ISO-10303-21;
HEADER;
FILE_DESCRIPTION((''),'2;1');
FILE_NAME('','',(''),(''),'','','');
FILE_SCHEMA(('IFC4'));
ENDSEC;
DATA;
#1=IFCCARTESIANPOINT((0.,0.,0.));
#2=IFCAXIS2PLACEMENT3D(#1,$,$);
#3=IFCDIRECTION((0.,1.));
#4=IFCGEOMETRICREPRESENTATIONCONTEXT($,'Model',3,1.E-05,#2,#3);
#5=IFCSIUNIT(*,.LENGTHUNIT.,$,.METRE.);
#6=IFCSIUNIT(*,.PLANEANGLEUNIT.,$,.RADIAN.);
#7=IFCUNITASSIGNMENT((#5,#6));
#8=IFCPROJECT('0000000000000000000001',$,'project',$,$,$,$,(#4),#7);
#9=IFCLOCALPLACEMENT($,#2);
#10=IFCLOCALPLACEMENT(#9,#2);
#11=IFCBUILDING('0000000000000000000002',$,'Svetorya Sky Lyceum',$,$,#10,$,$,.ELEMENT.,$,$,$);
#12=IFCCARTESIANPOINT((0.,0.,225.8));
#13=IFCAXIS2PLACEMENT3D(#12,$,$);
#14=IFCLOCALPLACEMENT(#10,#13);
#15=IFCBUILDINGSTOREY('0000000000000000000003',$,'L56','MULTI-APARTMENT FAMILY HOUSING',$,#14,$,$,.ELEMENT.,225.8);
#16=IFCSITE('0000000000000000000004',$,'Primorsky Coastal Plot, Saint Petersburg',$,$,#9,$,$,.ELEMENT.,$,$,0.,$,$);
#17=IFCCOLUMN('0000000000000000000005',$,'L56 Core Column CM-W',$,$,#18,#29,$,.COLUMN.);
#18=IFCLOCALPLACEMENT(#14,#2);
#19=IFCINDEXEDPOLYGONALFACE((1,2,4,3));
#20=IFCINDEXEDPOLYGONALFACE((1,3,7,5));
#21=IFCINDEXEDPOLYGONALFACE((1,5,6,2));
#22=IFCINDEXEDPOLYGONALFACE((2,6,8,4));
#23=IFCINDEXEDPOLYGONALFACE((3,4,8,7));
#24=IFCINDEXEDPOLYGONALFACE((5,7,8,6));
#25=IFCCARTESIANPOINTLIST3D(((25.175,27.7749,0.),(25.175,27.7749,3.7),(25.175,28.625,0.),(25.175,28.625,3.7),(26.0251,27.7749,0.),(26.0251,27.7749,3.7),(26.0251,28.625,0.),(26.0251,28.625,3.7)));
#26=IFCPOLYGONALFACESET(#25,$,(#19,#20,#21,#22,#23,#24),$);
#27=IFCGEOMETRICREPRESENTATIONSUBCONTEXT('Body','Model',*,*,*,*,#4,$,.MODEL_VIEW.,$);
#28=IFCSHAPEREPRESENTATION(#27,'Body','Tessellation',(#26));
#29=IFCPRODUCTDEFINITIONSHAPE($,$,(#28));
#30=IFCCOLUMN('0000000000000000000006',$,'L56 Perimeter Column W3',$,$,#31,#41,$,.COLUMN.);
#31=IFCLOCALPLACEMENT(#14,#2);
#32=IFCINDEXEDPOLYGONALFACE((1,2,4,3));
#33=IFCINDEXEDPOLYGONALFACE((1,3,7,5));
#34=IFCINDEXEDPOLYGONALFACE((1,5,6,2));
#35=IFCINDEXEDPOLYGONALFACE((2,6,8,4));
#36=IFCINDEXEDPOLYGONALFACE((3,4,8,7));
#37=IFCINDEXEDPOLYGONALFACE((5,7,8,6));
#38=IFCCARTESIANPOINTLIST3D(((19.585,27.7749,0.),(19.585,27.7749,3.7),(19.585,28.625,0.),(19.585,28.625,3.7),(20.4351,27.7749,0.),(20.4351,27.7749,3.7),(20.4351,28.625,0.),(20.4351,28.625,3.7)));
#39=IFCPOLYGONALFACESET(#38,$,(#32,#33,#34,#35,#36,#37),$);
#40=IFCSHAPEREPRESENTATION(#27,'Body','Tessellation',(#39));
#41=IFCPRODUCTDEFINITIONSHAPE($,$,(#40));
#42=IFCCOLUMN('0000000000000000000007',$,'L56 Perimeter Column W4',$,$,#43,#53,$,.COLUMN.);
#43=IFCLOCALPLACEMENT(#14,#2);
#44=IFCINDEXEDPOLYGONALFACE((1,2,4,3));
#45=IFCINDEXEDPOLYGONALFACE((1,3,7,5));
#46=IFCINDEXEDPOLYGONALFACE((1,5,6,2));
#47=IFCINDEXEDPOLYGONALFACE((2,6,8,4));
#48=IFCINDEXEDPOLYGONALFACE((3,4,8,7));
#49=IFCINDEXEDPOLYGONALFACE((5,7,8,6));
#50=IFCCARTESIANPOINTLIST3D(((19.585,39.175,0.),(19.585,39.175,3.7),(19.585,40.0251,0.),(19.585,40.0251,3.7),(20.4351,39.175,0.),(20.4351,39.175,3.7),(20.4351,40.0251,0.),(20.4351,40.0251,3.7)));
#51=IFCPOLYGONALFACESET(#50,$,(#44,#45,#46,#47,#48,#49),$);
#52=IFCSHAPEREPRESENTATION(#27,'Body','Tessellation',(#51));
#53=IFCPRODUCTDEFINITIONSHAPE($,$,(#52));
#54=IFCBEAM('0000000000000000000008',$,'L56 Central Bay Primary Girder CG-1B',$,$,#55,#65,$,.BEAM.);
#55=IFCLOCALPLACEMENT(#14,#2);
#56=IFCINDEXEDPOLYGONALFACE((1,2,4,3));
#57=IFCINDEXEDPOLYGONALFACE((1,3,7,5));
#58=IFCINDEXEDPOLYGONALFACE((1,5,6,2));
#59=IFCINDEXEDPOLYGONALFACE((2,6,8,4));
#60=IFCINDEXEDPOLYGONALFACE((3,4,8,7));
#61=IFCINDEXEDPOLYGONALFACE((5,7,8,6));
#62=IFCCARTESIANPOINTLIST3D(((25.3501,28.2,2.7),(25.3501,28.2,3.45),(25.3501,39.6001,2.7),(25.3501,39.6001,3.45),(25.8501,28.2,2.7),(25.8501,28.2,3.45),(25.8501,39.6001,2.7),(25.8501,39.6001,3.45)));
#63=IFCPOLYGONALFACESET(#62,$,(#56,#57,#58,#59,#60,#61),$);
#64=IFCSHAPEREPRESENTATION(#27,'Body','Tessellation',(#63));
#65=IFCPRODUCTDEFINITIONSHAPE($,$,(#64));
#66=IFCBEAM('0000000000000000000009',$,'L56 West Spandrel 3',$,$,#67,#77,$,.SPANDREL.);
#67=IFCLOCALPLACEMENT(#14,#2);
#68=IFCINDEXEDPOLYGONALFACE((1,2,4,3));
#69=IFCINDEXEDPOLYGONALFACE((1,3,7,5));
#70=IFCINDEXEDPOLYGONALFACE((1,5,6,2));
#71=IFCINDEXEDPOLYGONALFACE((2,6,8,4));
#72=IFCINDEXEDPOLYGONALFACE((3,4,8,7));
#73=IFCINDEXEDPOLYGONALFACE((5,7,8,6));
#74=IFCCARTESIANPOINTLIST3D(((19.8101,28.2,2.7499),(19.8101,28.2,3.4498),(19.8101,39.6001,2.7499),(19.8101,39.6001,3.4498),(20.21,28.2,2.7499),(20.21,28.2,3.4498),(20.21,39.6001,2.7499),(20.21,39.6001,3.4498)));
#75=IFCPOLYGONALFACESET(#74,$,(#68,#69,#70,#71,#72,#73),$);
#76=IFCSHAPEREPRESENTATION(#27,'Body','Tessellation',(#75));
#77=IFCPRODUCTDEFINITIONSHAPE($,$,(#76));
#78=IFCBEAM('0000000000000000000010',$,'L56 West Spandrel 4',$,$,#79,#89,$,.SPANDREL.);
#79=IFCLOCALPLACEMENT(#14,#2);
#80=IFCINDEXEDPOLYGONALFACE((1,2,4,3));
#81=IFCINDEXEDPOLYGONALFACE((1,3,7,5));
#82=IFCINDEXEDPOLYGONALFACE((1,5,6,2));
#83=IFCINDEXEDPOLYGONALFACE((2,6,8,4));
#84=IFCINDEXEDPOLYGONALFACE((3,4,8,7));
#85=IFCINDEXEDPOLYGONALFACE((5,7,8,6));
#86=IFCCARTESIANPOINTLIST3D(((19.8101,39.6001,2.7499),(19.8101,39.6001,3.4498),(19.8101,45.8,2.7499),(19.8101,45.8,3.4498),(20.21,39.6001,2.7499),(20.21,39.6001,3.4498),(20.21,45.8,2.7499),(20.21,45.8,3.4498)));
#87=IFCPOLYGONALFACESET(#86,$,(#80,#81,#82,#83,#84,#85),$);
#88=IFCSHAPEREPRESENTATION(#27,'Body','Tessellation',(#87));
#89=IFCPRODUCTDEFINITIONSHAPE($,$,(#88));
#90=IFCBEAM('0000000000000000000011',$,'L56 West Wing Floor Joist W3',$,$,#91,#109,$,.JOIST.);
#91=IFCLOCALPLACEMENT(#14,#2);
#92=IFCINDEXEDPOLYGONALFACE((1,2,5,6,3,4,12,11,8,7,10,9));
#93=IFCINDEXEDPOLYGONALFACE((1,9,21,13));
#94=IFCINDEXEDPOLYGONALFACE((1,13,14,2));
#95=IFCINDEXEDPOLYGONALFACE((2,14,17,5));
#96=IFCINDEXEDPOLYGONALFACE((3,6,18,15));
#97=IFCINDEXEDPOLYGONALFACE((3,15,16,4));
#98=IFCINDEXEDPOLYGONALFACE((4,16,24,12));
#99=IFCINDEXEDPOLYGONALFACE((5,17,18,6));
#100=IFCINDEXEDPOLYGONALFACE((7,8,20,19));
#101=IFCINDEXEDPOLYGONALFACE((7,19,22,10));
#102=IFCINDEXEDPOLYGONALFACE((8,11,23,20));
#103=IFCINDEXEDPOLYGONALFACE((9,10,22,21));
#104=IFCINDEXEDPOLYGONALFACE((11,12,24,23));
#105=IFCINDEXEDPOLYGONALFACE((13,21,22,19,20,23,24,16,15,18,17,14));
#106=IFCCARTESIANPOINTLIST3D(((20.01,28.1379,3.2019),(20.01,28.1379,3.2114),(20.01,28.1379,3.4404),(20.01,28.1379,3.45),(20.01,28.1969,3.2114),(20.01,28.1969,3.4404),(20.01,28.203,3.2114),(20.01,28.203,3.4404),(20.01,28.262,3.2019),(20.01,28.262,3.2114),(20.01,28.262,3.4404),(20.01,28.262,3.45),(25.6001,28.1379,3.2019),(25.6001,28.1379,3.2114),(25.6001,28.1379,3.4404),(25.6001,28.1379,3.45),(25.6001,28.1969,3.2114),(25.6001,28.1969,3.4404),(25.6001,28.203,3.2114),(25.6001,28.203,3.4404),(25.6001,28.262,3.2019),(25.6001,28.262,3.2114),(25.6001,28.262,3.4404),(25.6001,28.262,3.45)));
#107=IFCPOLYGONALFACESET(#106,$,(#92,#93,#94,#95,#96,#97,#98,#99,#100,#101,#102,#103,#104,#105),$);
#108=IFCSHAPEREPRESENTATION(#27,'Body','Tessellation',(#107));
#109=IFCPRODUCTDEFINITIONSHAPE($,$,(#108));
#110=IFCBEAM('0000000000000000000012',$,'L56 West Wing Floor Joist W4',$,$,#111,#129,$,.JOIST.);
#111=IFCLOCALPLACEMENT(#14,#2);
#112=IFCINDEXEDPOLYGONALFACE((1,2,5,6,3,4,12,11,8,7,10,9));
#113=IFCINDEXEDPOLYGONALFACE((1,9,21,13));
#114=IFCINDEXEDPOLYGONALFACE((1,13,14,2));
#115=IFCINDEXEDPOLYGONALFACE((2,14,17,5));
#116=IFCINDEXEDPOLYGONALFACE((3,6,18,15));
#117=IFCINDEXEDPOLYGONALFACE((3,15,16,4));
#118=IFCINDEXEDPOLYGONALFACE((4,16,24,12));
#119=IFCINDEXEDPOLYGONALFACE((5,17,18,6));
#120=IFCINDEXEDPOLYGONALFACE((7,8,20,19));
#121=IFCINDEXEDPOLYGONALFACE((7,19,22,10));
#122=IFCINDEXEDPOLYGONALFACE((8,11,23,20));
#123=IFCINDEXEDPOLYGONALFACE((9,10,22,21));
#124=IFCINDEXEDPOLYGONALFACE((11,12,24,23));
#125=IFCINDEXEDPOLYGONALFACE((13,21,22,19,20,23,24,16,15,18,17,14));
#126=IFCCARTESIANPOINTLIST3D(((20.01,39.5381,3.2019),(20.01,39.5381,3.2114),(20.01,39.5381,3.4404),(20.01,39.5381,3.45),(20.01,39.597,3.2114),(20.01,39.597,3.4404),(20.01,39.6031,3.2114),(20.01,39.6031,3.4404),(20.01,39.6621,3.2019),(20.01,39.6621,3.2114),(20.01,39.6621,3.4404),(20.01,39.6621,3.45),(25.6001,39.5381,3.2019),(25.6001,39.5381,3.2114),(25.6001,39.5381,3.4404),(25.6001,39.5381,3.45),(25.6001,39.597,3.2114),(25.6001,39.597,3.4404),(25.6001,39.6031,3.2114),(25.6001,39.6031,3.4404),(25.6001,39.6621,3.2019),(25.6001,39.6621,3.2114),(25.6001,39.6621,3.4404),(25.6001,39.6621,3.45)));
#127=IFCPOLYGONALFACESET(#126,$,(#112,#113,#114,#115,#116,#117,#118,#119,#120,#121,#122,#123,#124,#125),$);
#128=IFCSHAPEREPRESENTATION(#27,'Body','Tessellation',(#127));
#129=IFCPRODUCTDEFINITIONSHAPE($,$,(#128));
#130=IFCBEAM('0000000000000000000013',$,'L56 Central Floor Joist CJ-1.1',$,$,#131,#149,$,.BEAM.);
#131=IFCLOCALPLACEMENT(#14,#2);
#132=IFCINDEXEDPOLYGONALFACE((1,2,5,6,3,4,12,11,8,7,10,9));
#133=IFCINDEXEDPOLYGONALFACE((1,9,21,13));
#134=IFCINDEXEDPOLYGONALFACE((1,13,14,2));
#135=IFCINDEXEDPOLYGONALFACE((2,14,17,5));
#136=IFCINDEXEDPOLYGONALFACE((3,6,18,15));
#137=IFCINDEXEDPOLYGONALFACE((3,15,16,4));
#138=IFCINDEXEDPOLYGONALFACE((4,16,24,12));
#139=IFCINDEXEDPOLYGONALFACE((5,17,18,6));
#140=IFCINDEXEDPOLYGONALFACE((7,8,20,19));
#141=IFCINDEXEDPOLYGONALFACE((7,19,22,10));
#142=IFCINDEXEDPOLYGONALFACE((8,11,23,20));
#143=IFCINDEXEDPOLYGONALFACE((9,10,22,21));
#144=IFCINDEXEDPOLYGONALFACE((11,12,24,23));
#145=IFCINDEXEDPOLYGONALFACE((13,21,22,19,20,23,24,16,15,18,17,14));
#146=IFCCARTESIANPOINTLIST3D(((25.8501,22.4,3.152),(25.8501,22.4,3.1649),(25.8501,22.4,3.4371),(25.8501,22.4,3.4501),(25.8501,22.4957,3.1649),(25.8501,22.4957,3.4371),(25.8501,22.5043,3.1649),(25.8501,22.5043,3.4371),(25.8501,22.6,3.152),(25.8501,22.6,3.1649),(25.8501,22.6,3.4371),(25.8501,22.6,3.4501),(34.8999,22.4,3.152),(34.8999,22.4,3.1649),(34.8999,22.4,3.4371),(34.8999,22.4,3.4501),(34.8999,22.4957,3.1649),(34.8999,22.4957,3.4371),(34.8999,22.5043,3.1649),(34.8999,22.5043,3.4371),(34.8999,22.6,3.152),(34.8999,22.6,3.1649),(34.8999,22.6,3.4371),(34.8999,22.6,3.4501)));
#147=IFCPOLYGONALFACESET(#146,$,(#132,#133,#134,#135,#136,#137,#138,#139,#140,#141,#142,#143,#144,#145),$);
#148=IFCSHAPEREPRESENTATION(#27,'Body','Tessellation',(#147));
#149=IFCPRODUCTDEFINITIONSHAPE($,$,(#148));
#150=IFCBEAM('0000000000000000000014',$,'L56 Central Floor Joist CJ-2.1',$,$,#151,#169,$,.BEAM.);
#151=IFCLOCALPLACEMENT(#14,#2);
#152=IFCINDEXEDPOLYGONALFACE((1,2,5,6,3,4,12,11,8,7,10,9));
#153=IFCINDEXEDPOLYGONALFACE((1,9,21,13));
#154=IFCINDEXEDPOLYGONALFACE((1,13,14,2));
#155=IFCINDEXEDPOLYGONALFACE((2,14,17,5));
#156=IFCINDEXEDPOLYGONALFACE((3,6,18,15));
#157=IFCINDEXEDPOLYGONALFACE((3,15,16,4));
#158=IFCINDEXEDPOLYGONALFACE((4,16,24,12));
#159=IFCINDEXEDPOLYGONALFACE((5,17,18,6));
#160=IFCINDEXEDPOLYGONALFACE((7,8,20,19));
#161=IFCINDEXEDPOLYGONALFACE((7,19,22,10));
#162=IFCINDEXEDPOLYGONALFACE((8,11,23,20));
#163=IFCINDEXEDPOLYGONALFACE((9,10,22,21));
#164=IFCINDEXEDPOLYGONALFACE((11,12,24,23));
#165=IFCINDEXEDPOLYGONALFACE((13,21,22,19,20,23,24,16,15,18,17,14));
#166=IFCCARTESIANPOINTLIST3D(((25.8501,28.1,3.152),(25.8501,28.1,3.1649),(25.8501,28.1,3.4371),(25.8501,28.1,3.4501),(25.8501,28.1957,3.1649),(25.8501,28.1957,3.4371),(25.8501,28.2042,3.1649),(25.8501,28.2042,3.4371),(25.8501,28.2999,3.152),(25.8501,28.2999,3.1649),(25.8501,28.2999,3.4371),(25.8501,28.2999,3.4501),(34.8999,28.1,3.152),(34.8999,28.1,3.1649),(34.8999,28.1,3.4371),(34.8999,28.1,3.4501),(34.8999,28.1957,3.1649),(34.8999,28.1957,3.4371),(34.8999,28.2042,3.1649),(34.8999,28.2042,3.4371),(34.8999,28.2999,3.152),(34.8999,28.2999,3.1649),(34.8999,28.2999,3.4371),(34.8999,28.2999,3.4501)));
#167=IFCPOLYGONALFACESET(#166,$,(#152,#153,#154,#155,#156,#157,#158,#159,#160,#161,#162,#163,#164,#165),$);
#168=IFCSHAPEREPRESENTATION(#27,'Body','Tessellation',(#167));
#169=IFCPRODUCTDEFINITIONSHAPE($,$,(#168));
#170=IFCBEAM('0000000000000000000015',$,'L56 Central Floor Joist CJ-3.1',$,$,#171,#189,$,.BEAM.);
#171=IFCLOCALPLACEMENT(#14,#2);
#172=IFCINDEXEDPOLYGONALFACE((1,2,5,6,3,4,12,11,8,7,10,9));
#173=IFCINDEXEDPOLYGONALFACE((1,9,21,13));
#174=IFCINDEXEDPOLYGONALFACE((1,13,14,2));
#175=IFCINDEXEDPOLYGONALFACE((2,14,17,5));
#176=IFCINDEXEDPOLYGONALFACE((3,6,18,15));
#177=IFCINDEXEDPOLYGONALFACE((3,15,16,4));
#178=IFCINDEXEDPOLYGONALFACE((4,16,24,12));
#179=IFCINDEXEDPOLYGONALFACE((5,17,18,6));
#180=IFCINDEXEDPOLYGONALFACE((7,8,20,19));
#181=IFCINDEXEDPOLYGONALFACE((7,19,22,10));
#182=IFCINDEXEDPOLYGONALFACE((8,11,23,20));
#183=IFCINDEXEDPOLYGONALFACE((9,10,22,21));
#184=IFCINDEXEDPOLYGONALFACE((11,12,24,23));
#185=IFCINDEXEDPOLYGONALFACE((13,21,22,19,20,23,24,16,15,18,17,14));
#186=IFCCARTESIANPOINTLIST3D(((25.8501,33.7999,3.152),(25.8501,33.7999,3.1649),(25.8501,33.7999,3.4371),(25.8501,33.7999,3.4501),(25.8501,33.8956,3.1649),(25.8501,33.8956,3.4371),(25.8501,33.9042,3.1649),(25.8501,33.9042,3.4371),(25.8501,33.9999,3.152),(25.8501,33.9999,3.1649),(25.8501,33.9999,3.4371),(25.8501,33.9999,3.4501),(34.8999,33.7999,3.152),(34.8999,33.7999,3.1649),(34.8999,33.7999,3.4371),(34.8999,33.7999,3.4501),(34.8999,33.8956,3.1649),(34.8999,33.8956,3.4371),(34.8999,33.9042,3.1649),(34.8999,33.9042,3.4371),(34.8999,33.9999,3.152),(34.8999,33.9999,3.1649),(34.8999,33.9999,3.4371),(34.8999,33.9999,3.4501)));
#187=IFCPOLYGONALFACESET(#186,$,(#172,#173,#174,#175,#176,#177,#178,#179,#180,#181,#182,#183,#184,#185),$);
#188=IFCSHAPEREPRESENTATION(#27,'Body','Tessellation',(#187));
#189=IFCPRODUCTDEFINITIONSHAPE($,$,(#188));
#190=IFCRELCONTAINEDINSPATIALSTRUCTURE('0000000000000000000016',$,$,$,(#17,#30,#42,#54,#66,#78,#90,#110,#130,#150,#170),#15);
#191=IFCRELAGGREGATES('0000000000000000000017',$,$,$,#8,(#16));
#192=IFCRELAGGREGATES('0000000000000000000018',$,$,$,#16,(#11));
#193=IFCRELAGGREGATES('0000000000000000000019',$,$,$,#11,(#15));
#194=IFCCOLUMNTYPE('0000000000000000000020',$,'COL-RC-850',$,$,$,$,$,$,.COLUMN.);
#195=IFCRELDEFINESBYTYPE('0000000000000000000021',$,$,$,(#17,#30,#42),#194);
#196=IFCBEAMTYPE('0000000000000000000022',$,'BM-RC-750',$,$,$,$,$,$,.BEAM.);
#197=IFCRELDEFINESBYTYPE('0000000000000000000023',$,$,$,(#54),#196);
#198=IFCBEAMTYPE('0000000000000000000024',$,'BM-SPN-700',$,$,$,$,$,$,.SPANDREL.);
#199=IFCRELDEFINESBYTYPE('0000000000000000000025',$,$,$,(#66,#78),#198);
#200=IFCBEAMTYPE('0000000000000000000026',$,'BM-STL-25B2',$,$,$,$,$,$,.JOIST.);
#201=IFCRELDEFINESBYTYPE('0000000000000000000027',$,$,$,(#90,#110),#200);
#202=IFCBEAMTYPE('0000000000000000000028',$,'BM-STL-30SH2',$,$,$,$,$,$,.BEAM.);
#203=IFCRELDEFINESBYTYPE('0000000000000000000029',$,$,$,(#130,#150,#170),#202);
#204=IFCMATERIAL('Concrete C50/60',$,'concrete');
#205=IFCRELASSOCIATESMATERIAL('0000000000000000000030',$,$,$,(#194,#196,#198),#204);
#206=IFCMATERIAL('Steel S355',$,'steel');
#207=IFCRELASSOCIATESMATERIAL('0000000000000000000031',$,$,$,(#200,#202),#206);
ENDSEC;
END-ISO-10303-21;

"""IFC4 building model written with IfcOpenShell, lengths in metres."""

from ifc_helpers import new_model, si_unit, direction, frame, origin, origin_2d, place, context, subcontext, project, spatial, rectangle, i_section, extrude, material, material_profile, profile_set, type_object, element, save


model = new_model("IFC4")

# Units and contexts
model_context = context("Model", 3, precision=1e-05, world=origin(), true_north=direction((0.0, 1.0)))
body_context = subcontext(model_context, "Body", "Model", "MODEL_VIEW")
ifc_project = project(units=[si_unit("LENGTHUNIT", "METRE"), si_unit("PLANEANGLEUNIT", "RADIAN")], contexts=[model_context])

# Site, building, storey
site_placement = place(None, origin())
site = spatial("IfcSite", under=ifc_project, at=site_placement, Name="Primorsky Coastal Plot, Saint Petersburg", CompositionType="ELEMENT", RefElevation=0.0)
building_placement = place(site_placement, origin())
building = spatial("IfcBuilding", under=site, at=building_placement, Name="Svetorya Sky Lyceum", CompositionType="ELEMENT")
storey_placement = place(building_placement, frame((0.0, 0.0, 225.8)))
storey = spatial("IfcBuildingStorey", under=building, at=storey_placement, Name="L56", Description="MULTI-APARTMENT FAMILY HOUSING", CompositionType="ELEMENT", Elevation=225.8)

# Columns
ifc_material_1 = material(Name="Concrete C50/60", Category="concrete")
ifc_material_profile_1 = material_profile(ifc_material_1, rectangle(XDim=0.8501, YDim=0.8501, at=origin_2d()), Name="RC COL 850x850")
ifc_profile_set_1 = profile_set([ifc_material_profile_1], Name="Concrete C50/60")
column_type = type_object("IfcColumnType", Name="COL-RC-850", PredefinedType="COLUMN", material=ifc_profile_set_1)
for number, where, z_axis, x_axis, name in (
    (1, (25.6001, 28.2, 0.0), (0.0, 0.0, 1.0), (1.0, 0.0, 0.0), "L56 Core Column CM-W"),
    (2, (20.01, 28.2, 0.0), (0.0, 0.0, 1.0), (1.0, 0.0, 0.0), "L56 Perimeter Column W3"),
    (3, (20.01, 39.6001, 0.0), (0.0, 0.0, 1.0), (1.0, 0.0, 0.0), "L56 Perimeter Column W4"),
):
    element("IfcColumn", number, at=place(storey_placement, frame(where, z_axis=z_axis, x_axis=x_axis)), inside=storey, type_object=column_type, Name=name, PredefinedType="COLUMN", context=body_context, shape_type="SweptSolid", body=[
        extrude(rectangle(XDim=0.8501, YDim=0.8501, at=origin_2d()), origin(), (0.0, 0.0, 1.0), 3.7),
    ])

# Beams
ifc_material_profile_2 = material_profile(ifc_material_1, rectangle(XDim=0.5, YDim=0.75, at=origin_2d()), Name="RC BEAM 500x750")
ifc_profile_set_2 = profile_set([ifc_material_profile_2], Name="Concrete C50/60")
beam_type_1 = type_object("IfcBeamType", Name="BM-RC-750", PredefinedType="BEAM", material=ifc_profile_set_2)
beam_1_placement = place(storey_placement, frame((25.6001, 28.2, 3.075), z_axis=(0.0, 1.0, 0.0), x_axis=(-1.0, 0.0, 0.0)))
element("IfcBeam", 4, at=beam_1_placement, inside=storey, type_object=beam_type_1, Name="L56 Central Bay Primary Girder CG-1B", PredefinedType="BEAM", context=body_context, shape_type="SweptSolid", body=[
    extrude(rectangle(XDim=0.5, YDim=0.75, at=origin_2d()), origin(), (0.0, 0.0, 1.0), 11.4001),
])
ifc_material_profile_3 = material_profile(ifc_material_1, rectangle(XDim=0.3999, YDim=0.7, at=origin_2d()), Name="RC SPANDREL 400x700")
ifc_profile_set_3 = profile_set([ifc_material_profile_3], Name="Concrete C50/60")
beam_type_2 = type_object("IfcBeamType", Name="BM-SPN-700", PredefinedType="SPANDREL", material=ifc_profile_set_3)
beam_2_placement = place(storey_placement, frame((20.01, 28.2, 3.0999), z_axis=(0.0, 1.0, 0.0), x_axis=(-1.0, 0.0, 0.0)))
element("IfcBeam", 5, at=beam_2_placement, inside=storey, type_object=beam_type_2, Name="L56 West Spandrel 3", PredefinedType="SPANDREL", context=body_context, shape_type="SweptSolid", body=[
    extrude(rectangle(XDim=0.3999, YDim=0.7, at=origin_2d()), origin(), (0.0, 0.0, 1.0), 11.4001),
])
beam_3_placement = place(storey_placement, frame((20.01, 39.6001, 3.0999), z_axis=(0.0, 1.0, 0.0), x_axis=(-1.0, 0.0, 0.0)))
element("IfcBeam", 6, at=beam_3_placement, inside=storey, type_object=beam_type_2, Name="L56 West Spandrel 4", PredefinedType="SPANDREL", context=body_context, shape_type="SweptSolid", body=[
    extrude(rectangle(XDim=0.3999, YDim=0.7, at=origin_2d()), origin(), (0.0, 0.0, 1.0), 6.2),
])
ifc_material_2 = material(Name="Steel S355", Category="steel")
ifc_material_profile_4 = material_profile(ifc_material_2, i_section(OverallWidth=0.124, OverallDepth=0.248, WebThickness=0.0061, FlangeThickness=0.0095, at=origin_2d()), Name="GOST 25B2")
ifc_profile_set_4 = profile_set([ifc_material_profile_4], Name="Steel S355")
beam_type_3 = type_object("IfcBeamType", Name="BM-STL-25B2", PredefinedType="JOIST", material=ifc_profile_set_4)
for number, where, z_axis, x_axis, name in (
    (7, (20.01, 28.2, 3.3259), (1.0, 0.0, 0.0), (0.0, 1.0, 0.0), "L56 West Wing Floor Joist W3"),
    (8, (20.01, 39.6001, 3.3259), (1.0, 0.0, 0.0), (0.0, 1.0, 0.0), "L56 West Wing Floor Joist W4"),
):
    element("IfcBeam", number, at=place(storey_placement, frame(where, z_axis=z_axis, x_axis=x_axis)), inside=storey, type_object=beam_type_3, Name=name, PredefinedType="JOIST", context=body_context, shape_type="SweptSolid", body=[
        extrude(i_section(OverallWidth=0.124, OverallDepth=0.248, WebThickness=0.0061, FlangeThickness=0.0095, at=origin_2d()), origin(), (0.0, 0.0, 1.0), 5.5901),
    ])
ifc_material_profile_5 = material_profile(ifc_material_2, i_section(OverallWidth=0.2, OverallDepth=0.2981, WebThickness=0.0085, FlangeThickness=0.0129, at=origin_2d()), Name="GOST 30Sh2")
ifc_profile_set_5 = profile_set([ifc_material_profile_5], Name="Steel S355")
beam_type_4 = type_object("IfcBeamType", Name="BM-STL-30SH2", PredefinedType="BEAM", material=ifc_profile_set_5)
for number, where, z_axis, x_axis, name in (
    (9, (25.8501, 22.5, 3.301), (1.0, 0.0, 0.0), (0.0, 1.0, 0.0), "L56 Central Floor Joist CJ-1.1"),
    (10, (25.8501, 28.2, 3.301), (1.0, 0.0, 0.0), (0.0, 1.0, 0.0), "L56 Central Floor Joist CJ-2.1"),
    (11, (25.8501, 33.8999, 3.301), (1.0, 0.0, 0.0), (0.0, 1.0, 0.0), "L56 Central Floor Joist CJ-3.1"),
):
    element("IfcBeam", number, at=place(storey_placement, frame(where, z_axis=z_axis, x_axis=x_axis)), inside=storey, type_object=beam_type_4, Name=name, PredefinedType="BEAM", context=body_context, shape_type="SweptSolid", body=[
        extrude(i_section(OverallWidth=0.2, OverallDepth=0.2981, WebThickness=0.0085, FlangeThickness=0.0129, at=origin_2d()), origin(), (0.0, 0.0, 1.0), 9.0498),
    ])

save(model, "model.ifc")
